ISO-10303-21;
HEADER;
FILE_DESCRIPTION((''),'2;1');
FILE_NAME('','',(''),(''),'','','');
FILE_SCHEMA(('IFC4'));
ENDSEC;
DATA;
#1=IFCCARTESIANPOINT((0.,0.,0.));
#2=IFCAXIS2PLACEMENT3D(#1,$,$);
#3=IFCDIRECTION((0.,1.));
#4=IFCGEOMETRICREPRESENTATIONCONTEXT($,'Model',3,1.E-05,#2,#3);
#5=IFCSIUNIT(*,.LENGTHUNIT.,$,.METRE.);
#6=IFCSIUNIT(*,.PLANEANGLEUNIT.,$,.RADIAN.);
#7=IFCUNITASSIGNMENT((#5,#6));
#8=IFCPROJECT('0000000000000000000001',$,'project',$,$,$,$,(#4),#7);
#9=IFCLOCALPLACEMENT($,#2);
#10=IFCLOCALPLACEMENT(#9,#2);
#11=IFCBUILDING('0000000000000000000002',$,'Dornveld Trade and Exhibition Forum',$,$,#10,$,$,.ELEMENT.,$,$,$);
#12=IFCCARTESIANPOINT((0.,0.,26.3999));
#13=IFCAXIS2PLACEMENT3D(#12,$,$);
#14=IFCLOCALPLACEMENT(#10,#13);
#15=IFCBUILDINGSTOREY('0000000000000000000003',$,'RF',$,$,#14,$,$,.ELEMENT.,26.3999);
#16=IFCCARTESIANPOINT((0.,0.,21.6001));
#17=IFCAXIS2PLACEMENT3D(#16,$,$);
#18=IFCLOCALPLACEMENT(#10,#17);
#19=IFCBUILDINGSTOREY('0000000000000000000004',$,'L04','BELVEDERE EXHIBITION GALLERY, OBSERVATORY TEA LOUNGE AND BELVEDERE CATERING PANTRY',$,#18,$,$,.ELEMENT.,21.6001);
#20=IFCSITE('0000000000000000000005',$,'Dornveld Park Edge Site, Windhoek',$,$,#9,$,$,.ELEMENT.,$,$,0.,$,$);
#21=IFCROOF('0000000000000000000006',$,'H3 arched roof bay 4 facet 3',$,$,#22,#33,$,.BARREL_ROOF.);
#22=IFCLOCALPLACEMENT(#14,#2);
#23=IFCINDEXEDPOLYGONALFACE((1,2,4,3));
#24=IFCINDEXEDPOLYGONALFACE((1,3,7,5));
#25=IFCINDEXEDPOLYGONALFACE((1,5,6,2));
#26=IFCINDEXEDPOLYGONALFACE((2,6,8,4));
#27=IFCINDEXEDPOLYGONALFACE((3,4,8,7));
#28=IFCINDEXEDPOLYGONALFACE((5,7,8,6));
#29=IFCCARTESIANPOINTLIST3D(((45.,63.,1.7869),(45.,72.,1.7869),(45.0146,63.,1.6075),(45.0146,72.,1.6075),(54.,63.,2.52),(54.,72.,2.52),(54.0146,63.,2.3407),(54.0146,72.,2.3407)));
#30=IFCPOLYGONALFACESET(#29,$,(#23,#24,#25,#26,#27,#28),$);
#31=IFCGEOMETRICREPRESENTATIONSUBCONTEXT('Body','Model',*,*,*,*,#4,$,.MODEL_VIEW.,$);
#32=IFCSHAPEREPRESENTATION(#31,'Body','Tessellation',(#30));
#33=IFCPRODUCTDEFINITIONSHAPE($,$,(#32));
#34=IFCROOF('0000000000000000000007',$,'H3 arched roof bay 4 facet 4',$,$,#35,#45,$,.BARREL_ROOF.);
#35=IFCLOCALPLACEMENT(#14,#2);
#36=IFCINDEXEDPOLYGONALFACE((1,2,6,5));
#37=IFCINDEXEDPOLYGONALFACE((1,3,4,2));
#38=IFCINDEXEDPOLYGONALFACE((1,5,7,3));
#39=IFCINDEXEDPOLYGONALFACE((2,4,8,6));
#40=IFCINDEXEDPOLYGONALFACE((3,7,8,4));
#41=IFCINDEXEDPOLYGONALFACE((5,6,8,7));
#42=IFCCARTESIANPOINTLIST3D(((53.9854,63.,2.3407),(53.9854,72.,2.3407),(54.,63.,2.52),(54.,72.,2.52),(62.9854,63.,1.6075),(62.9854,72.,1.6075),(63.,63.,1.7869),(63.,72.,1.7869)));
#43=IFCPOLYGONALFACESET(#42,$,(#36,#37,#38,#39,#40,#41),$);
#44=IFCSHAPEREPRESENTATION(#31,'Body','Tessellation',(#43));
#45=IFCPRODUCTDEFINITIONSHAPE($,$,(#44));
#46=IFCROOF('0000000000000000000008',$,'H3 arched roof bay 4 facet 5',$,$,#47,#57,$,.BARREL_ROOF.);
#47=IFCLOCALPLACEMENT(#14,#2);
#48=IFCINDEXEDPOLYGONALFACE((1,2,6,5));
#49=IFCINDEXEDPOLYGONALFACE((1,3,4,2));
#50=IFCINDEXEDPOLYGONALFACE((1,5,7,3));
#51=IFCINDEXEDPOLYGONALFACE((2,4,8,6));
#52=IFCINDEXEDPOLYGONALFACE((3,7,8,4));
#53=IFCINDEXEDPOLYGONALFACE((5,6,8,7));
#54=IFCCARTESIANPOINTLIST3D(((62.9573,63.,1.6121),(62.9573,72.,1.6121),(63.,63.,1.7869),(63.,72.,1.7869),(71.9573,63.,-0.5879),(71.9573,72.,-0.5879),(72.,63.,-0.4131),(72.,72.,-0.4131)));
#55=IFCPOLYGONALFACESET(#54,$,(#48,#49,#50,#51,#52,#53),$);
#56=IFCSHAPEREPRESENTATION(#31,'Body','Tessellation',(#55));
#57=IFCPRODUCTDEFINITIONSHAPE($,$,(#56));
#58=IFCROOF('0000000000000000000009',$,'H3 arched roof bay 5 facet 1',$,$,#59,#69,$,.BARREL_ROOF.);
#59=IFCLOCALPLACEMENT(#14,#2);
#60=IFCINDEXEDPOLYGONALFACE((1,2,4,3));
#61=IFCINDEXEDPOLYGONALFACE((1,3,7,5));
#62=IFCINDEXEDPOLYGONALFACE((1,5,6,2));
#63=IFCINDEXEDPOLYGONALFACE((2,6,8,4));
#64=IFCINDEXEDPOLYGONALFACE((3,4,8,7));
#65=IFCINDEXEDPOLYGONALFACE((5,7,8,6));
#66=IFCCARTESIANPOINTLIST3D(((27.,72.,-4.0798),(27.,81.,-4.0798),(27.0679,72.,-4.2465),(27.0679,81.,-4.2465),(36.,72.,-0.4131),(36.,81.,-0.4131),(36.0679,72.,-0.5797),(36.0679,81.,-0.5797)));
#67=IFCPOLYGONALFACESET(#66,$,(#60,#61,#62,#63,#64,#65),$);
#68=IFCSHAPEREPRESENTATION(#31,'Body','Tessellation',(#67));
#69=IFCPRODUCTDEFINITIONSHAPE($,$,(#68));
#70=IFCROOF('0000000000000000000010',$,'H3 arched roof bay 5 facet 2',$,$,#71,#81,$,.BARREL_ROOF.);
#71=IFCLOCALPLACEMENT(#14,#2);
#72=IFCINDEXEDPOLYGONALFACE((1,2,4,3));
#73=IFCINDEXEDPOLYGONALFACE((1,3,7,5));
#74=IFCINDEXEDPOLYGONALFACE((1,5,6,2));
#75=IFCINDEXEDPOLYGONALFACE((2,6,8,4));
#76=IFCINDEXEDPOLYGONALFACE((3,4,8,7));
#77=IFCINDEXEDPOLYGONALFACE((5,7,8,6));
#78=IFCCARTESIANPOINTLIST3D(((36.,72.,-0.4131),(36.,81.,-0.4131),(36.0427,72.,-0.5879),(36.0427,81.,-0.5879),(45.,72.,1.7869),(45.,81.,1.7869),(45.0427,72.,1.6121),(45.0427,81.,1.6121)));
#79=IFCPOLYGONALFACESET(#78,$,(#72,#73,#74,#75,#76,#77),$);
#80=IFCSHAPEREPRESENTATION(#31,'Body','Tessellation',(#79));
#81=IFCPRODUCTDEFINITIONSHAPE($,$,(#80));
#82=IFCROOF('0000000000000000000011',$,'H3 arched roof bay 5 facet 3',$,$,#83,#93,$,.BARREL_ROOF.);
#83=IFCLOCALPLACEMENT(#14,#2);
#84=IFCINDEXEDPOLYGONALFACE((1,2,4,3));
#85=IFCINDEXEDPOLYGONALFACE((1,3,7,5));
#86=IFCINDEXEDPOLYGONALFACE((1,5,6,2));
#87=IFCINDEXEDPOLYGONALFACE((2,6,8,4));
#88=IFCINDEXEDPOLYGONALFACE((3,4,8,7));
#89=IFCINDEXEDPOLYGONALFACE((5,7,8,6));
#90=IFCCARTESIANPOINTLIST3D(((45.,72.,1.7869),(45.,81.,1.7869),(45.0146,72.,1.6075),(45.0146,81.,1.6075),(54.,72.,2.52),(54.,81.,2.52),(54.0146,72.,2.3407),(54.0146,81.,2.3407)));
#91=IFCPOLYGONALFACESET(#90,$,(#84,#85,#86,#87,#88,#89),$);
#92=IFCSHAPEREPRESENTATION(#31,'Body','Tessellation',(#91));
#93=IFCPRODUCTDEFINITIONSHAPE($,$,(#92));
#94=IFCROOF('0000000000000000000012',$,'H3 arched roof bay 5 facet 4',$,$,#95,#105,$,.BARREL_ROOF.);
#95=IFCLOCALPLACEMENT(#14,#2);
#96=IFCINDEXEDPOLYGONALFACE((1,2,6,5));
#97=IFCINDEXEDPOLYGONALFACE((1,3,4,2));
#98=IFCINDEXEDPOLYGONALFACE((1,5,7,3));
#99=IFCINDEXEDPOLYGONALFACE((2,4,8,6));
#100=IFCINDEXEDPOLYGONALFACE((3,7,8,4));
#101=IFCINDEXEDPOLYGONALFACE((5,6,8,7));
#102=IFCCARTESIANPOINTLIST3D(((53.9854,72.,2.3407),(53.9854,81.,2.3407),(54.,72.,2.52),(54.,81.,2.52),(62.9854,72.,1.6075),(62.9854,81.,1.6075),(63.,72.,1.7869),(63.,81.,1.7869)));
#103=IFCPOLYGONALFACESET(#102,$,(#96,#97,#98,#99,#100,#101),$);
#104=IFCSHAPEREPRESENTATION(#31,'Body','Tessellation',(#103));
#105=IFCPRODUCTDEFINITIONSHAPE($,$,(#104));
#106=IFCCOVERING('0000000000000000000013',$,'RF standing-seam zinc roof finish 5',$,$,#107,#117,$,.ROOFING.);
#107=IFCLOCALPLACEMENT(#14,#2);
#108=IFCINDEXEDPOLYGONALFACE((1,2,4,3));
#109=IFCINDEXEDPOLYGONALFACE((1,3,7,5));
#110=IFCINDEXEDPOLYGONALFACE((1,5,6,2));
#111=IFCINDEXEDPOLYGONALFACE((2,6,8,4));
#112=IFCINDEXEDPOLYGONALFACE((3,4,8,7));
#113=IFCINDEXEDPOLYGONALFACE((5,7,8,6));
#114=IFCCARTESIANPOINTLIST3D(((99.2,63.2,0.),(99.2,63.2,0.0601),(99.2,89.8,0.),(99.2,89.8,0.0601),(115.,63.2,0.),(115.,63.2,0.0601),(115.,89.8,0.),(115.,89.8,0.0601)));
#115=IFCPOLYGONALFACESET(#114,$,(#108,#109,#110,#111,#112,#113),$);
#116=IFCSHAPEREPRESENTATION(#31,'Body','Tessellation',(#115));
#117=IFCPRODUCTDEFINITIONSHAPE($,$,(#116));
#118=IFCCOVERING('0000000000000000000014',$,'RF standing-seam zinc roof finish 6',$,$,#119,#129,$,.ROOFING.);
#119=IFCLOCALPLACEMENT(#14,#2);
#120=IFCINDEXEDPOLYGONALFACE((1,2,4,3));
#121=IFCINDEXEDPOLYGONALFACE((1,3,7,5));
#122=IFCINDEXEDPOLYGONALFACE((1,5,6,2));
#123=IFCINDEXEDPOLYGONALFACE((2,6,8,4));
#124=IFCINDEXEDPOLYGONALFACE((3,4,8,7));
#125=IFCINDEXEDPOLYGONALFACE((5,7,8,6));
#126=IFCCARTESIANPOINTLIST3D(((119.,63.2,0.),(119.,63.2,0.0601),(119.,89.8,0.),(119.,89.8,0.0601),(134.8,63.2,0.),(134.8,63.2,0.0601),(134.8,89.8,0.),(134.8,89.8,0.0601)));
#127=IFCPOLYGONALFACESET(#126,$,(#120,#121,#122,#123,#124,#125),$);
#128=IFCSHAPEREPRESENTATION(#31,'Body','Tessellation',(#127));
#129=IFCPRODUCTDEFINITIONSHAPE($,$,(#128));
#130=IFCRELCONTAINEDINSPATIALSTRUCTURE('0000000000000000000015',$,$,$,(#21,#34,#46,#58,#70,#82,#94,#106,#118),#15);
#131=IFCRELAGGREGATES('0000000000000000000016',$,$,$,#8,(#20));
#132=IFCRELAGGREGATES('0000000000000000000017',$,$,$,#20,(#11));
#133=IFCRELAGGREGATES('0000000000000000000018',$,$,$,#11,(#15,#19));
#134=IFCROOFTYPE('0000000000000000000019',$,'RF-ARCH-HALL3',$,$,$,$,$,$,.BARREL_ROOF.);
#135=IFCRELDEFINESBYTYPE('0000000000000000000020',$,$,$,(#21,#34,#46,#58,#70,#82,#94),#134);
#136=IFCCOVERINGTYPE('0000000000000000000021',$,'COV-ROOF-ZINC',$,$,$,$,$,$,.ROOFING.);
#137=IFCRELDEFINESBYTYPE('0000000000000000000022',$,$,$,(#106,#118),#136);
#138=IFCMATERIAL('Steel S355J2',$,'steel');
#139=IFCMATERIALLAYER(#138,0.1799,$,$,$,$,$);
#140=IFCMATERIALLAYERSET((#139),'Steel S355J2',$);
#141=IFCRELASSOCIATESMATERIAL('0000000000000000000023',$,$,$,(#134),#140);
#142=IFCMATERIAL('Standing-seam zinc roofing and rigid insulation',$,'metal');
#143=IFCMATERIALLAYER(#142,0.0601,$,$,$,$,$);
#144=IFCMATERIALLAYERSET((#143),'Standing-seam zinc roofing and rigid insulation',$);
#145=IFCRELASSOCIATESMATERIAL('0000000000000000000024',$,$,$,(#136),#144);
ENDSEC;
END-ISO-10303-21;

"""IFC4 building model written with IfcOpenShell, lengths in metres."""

from ifc_helpers import new_model, si_unit, direction, frame, origin, place, context, subcontext, project, spatial, polyline, outline, extrude, material, layer, layer_set, type_object, element, save


model = new_model("IFC4")

# Units and contexts
model_context = context("Model", 3, precision=1e-05, world=origin(), true_north=direction((0.0, 1.0)))
body_context = subcontext(model_context, "Body", "Model", "MODEL_VIEW")
ifc_project = project(units=[si_unit("LENGTHUNIT", "METRE"), si_unit("PLANEANGLEUNIT", "RADIAN")], contexts=[model_context])

# Site, building, storey
site_placement = place(None, origin())
site = spatial("IfcSite", under=ifc_project, at=site_placement, Name="Dornveld Park Edge Site, Windhoek", CompositionType="ELEMENT", RefElevation=0.0)
building_placement = place(site_placement, origin())
building = spatial("IfcBuilding", under=site, at=building_placement, Name="Dornveld Trade and Exhibition Forum", CompositionType="ELEMENT")
storey_1_placement = place(building_placement, frame((0.0, 0.0, 26.3999)))
storey_1 = spatial("IfcBuildingStorey", under=building, at=storey_1_placement, Name="RF", CompositionType="ELEMENT", Elevation=26.3999)

# Shared definitions
storey_2_placement = place(building_placement, frame((0.0, 0.0, 21.6001)))
storey_2 = spatial("IfcBuildingStorey", under=building, at=storey_2_placement, Name="L04", Description="BELVEDERE EXHIBITION GALLERY, OBSERVATORY TEA LOUNGE AND BELVEDERE CATERING PANTRY", CompositionType="ELEMENT", Elevation=21.6001)

# Roofs
ifc_material_1 = material(Name="Steel S355J2", Category="steel")
ifc_layer_1 = layer(ifc_material_1, 0.1799)
ifc_layer_set_1 = layer_set([ifc_layer_1], Name="Steel S355J2")
roof_type = type_object("IfcRoofType", Name="RF-ARCH-HALL3", PredefinedType="BARREL_ROOF", material=ifc_layer_set_1)
for number, where, z_axis, x_axis, name in (
    (1, (45.0, 63.0, 1.7869), (-0.081193, 0.0, 0.996698), (0.996698, 0.0, 0.081193), "H3 arched roof bay 4 facet 3"),
    (2, (54.0, 63.0, 2.52), (0.081193, 0.0, 0.996698), (0.996698, 0.0, -0.081193), "H3 arched roof bay 4 facet 4"),
):
    element("IfcRoof", number, at=place(storey_1_placement, frame(where, z_axis=z_axis, x_axis=x_axis)), inside=storey_1, type_object=roof_type, Name=name, PredefinedType="BARREL_ROOF", context=body_context, shape_type="SweptSolid", body=[
        extrude(outline(polyline([(0.0, 0.0), (9.0298, 0.0), (9.0298, 9.0), (0.0, 9.0), (0.0, 0.0)])), origin(), (0.0, 0.0, -1.0), 0.1799),
    ])
roof_1_placement = place(storey_1_placement, frame((63.0, 63.0, 1.7869), z_axis=(0.237448, 0.0, 0.9714), x_axis=(0.9714, 0.0, -0.237448)))
element("IfcRoof", 3, at=roof_1_placement, inside=storey_1, type_object=roof_type, Name="H3 arched roof bay 4 facet 5", PredefinedType="BARREL_ROOF", context=body_context, shape_type="SweptSolid", body=[
    extrude(outline(polyline([(0.0, 0.0), (9.265, 0.0), (9.265, 9.0), (0.0, 9.0), (0.0, 0.0)])), origin(), (0.0, 0.0, -1.0), 0.1799),
])
roof_2_placement = place(storey_1_placement, frame((27.0, 72.0, -4.0798), z_axis=(-0.377304, 0.0, 0.926089), x_axis=(0.926089, 0.0, 0.377304)))
element("IfcRoof", 4, at=roof_2_placement, inside=storey_1, type_object=roof_type, Name="H3 arched roof bay 5 facet 1", PredefinedType="BARREL_ROOF", context=body_context, shape_type="SweptSolid", body=[
    extrude(outline(polyline([(0.0, 0.0), (9.7183, 0.0), (9.7183, 9.0), (0.0, 9.0), (0.0, 0.0)])), origin(), (0.0, 0.0, -1.0), 0.1799),
])
roof_3_placement = place(storey_1_placement, frame((36.0, 72.0, -0.4131), z_axis=(-0.237448, 0.0, 0.9714), x_axis=(0.9714, 0.0, 0.237448)))
element("IfcRoof", 5, at=roof_3_placement, inside=storey_1, type_object=roof_type, Name="H3 arched roof bay 5 facet 2", PredefinedType="BARREL_ROOF", context=body_context, shape_type="SweptSolid", body=[
    extrude(outline(polyline([(0.0, 0.0), (9.265, 0.0), (9.265, 9.0), (0.0, 9.0), (0.0, 0.0)])), origin(), (0.0, 0.0, -1.0), 0.1799),
])
for number, where, z_axis, x_axis, name in (
    (6, (45.0, 72.0, 1.7869), (-0.081193, 0.0, 0.996698), (0.996698, 0.0, 0.081193), "H3 arched roof bay 5 facet 3"),
    (7, (54.0, 72.0, 2.52), (0.081193, 0.0, 0.996698), (0.996698, 0.0, -0.081193), "H3 arched roof bay 5 facet 4"),
):
    element("IfcRoof", number, at=place(storey_1_placement, frame(where, z_axis=z_axis, x_axis=x_axis)), inside=storey_1, type_object=roof_type, Name=name, PredefinedType="BARREL_ROOF", context=body_context, shape_type="SweptSolid", body=[
        extrude(outline(polyline([(0.0, 0.0), (9.0298, 0.0), (9.0298, 9.0), (0.0, 9.0), (0.0, 0.0)])), origin(), (0.0, 0.0, -1.0), 0.1799),
    ])

# Coverings
ifc_material_2 = material(Name="Standing-seam zinc roofing and rigid insulation", Category="metal")
ifc_layer_2 = layer(ifc_material_2, 0.0601)
ifc_layer_set_2 = layer_set([ifc_layer_2], Name="Standing-seam zinc roofing and rigid insulation")
covering_type = type_object("IfcCoveringType", Name="COV-ROOF-ZINC", PredefinedType="ROOFING", material=ifc_layer_set_2)
covering_1_placement = place(storey_1_placement, origin())
element("IfcCovering", 8, at=covering_1_placement, inside=storey_1, type_object=covering_type, Name="RF standing-seam zinc roof finish 5", PredefinedType="ROOFING", context=body_context, shape_type="SweptSolid", body=[
    extrude(outline(polyline([(99.2, 63.2), (115.0, 63.2), (115.0, 89.8), (99.2, 89.8), (99.2, 63.2)])), origin(), (0.0, 0.0, 1.0), 0.0601),
])
covering_2_placement = place(storey_1_placement, origin())
element("IfcCovering", 9, at=covering_2_placement, inside=storey_1, type_object=covering_type, Name="RF standing-seam zinc roof finish 6", PredefinedType="ROOFING", context=body_context, shape_type="SweptSolid", body=[
    extrude(outline(polyline([(119.0, 63.2), (134.8, 63.2), (134.8, 89.8), (119.0, 89.8), (119.0, 63.2)])), origin(), (0.0, 0.0, 1.0), 0.0601),
])

save(model, "model.ifc")
